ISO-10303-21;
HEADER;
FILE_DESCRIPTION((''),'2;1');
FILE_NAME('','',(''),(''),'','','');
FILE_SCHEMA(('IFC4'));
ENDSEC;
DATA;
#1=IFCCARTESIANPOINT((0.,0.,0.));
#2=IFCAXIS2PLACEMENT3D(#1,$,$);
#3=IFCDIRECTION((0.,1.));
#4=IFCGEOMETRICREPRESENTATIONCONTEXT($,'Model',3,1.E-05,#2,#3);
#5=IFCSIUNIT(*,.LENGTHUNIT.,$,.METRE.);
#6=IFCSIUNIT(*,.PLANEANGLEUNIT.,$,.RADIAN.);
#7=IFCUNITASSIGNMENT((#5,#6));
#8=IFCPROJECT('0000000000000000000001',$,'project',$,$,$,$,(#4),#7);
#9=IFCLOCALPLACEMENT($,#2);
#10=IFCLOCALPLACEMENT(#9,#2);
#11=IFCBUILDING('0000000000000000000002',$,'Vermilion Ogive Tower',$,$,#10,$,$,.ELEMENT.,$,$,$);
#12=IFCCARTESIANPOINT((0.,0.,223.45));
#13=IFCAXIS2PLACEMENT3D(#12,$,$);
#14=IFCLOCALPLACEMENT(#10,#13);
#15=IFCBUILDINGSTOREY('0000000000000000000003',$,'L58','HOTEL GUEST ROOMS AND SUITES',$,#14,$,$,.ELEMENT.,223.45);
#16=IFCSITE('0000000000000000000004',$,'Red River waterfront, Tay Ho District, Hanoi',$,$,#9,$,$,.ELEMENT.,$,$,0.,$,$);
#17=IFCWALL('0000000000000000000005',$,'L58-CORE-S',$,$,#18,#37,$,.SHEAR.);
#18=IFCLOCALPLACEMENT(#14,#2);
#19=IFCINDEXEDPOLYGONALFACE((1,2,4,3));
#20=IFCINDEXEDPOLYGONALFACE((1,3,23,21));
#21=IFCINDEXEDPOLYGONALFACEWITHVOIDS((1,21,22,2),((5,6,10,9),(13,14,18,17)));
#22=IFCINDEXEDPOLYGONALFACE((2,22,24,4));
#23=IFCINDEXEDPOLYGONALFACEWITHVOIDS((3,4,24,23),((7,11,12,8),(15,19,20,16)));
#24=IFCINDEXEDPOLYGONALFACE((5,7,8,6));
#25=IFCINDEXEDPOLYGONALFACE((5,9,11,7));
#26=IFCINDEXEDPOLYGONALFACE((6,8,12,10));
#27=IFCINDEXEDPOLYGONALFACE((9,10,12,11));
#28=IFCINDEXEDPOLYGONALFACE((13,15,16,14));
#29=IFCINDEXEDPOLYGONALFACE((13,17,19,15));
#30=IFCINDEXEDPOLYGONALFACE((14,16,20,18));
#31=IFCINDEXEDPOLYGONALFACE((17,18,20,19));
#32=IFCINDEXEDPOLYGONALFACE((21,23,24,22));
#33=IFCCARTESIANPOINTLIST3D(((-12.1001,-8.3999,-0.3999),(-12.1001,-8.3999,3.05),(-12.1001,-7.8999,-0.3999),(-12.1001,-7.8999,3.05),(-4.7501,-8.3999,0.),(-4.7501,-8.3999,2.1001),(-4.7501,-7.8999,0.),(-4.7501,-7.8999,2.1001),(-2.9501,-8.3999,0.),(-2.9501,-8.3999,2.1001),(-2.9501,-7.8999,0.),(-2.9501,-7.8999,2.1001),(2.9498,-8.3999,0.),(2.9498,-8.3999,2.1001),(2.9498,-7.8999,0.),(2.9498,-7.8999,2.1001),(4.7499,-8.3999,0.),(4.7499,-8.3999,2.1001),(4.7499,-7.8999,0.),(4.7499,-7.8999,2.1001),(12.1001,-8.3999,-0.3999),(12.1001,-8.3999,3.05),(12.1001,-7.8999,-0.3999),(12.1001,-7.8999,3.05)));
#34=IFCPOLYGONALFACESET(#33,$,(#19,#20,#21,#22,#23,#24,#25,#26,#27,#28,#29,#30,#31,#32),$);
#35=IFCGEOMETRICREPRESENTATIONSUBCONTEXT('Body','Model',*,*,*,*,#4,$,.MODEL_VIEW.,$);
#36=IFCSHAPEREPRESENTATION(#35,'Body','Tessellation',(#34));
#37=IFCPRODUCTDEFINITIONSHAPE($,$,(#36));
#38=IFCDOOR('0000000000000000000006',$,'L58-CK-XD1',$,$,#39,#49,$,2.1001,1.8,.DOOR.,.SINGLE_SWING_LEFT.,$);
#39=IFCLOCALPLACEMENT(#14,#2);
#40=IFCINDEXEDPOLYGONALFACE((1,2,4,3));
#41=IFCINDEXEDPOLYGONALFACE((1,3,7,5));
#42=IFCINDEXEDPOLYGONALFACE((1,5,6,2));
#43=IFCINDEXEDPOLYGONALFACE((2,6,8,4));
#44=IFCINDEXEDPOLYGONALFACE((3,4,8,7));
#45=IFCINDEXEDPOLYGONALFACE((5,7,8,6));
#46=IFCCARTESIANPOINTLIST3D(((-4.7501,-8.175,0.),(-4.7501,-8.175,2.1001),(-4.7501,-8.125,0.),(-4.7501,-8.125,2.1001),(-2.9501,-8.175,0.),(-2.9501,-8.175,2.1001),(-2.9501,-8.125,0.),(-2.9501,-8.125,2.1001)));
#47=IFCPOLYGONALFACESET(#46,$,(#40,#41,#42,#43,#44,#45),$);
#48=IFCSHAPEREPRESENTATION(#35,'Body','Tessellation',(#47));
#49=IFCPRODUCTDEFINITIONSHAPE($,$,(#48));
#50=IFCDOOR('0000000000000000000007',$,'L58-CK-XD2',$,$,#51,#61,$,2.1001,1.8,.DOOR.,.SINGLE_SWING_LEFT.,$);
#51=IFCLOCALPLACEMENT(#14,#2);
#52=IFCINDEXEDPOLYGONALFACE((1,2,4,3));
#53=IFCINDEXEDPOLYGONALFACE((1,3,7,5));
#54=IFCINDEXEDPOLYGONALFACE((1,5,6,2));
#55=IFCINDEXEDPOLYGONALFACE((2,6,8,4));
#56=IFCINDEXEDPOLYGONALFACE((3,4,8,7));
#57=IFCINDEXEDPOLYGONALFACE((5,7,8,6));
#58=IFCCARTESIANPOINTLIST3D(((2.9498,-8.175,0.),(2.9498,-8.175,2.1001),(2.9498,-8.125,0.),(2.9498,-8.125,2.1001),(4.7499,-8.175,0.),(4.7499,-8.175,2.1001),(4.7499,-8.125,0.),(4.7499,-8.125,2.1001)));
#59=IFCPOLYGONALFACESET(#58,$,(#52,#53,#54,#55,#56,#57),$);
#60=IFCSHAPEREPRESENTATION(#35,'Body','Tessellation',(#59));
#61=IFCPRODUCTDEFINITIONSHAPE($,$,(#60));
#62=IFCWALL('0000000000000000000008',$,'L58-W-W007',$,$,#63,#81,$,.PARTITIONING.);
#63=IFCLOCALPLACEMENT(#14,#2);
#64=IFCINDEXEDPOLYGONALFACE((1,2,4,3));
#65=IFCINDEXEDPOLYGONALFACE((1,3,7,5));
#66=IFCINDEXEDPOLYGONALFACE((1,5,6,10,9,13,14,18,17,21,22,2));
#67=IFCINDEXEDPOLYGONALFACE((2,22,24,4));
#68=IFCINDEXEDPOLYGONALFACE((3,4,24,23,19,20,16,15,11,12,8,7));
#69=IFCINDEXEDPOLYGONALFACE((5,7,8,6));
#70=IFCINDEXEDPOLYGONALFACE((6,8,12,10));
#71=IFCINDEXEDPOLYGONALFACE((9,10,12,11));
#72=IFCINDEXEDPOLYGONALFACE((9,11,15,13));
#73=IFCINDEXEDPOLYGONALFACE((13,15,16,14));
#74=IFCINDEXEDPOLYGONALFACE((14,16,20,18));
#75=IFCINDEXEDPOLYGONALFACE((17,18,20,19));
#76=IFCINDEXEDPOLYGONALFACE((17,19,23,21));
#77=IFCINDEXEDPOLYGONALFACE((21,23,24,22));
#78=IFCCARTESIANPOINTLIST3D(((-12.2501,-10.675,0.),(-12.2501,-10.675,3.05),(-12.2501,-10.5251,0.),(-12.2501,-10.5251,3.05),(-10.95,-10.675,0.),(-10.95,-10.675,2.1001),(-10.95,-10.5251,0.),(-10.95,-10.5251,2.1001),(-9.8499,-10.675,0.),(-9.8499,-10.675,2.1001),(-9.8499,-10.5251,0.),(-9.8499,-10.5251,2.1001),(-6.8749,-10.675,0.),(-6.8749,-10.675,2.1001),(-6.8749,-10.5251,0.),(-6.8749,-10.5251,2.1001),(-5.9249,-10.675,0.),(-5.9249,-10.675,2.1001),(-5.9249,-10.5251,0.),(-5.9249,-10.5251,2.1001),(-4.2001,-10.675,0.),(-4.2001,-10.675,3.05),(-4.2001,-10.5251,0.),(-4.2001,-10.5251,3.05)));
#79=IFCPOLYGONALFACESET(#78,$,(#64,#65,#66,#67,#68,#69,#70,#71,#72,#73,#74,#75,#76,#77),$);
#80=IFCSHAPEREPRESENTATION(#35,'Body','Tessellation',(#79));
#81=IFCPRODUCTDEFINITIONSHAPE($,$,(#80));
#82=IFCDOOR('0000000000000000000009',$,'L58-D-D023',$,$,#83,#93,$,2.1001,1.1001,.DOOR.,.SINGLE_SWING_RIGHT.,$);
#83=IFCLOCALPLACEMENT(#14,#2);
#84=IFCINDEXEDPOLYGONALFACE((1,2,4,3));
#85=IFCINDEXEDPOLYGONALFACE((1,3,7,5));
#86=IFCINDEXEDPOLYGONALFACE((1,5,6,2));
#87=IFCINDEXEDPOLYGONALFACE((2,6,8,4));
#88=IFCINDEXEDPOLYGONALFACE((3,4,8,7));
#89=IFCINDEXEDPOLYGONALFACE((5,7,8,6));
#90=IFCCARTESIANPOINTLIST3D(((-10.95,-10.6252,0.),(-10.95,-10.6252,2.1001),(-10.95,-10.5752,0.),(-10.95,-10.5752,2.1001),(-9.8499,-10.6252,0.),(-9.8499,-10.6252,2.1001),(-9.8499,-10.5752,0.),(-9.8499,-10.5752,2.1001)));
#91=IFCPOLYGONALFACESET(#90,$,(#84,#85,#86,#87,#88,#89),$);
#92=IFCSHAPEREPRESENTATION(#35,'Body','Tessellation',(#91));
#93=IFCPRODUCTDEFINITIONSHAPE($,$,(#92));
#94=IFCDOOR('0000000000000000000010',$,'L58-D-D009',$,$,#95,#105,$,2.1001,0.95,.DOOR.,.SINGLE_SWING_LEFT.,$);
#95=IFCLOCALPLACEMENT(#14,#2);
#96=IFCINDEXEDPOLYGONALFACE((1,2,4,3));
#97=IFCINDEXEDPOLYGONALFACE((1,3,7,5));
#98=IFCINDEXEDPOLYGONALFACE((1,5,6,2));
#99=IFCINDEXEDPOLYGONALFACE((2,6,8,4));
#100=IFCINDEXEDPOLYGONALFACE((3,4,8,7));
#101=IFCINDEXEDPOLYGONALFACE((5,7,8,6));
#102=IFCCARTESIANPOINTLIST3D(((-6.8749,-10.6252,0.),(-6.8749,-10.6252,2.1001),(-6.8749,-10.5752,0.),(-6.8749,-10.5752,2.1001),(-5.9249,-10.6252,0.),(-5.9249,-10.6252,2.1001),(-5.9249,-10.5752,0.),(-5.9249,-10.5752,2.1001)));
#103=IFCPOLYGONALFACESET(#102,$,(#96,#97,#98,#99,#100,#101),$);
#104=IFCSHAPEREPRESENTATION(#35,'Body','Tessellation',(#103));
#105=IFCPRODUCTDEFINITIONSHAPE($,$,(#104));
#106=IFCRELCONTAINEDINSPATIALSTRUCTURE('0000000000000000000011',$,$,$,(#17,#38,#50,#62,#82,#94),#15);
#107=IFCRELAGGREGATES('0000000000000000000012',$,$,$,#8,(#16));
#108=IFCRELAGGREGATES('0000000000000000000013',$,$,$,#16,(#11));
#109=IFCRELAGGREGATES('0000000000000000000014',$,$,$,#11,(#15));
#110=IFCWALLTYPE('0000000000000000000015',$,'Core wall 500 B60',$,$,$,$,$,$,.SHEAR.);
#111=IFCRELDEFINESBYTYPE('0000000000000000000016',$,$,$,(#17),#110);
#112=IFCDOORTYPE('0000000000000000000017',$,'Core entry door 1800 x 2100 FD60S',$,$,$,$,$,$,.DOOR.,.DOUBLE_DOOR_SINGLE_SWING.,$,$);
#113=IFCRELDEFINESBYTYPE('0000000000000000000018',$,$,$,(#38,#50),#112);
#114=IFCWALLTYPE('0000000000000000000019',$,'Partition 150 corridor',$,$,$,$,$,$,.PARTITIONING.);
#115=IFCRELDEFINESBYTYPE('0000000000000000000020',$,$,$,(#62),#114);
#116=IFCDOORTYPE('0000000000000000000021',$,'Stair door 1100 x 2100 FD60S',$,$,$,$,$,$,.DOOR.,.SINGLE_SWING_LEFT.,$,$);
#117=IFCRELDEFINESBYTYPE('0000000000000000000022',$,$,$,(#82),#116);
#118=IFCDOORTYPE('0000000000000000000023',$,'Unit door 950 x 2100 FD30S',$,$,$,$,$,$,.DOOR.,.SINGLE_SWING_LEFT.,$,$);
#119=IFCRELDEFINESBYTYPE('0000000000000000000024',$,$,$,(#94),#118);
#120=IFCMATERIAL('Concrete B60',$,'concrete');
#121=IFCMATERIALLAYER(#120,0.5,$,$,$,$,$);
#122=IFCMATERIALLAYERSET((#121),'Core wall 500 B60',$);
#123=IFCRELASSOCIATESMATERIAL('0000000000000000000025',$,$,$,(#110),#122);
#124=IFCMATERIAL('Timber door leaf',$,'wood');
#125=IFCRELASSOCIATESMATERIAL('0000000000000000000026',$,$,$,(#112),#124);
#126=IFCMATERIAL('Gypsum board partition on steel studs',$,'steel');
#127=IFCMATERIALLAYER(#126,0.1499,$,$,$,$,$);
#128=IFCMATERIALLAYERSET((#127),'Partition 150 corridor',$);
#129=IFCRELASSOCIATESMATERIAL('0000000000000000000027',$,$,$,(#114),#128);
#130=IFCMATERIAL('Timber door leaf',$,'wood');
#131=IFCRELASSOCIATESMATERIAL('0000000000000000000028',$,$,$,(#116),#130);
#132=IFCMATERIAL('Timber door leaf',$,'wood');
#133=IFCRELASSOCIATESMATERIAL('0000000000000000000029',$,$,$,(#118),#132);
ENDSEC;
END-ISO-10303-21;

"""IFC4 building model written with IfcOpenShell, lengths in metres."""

from ifc_helpers import new_model, si_unit, direction, frame, frame_2d, origin, place, context, subcontext, project, spatial, rectangle, extrude, material, layer, layer_set, type_object, element, fill, save


model = new_model("IFC4")

# Units and contexts
model_context = context("Model", 3, precision=1e-05, world=origin(), true_north=direction((0.0, 1.0)))
body_context = subcontext(model_context, "Body", "Model", "MODEL_VIEW")
ifc_project = project(units=[si_unit("LENGTHUNIT", "METRE"), si_unit("PLANEANGLEUNIT", "RADIAN")], contexts=[model_context])

# Site, building, storey
site_placement = place(None, origin())
site = spatial("IfcSite", under=ifc_project, at=site_placement, Name="Red River waterfront, Tay Ho District, Hanoi", CompositionType="ELEMENT", RefElevation=0.0)
building_placement = place(site_placement, origin())
building = spatial("IfcBuilding", under=site, at=building_placement, Name="Vermilion Ogive Tower", CompositionType="ELEMENT")
storey_placement = place(building_placement, frame((0.0, 0.0, 223.45)))
storey = spatial("IfcBuildingStorey", under=building, at=storey_placement, Name="L58", Description="HOTEL GUEST ROOMS AND SUITES", CompositionType="ELEMENT", Elevation=223.45)

# Walls, openings, doors
ifc_material_1 = material(Name="Concrete B60", Category="concrete")
ifc_layer_1 = layer(ifc_material_1, 0.5)
ifc_layer_set_1 = layer_set([ifc_layer_1], Name="Core wall 500 B60")
wall_type_1 = type_object("IfcWallType", Name="Core wall 500 B60", PredefinedType="SHEAR", material=ifc_layer_set_1)
wall_1_placement = place(storey_placement, frame((-12.1001, -8.1499, -0.3999), z_axis=(0.0, 0.0, 1.0), x_axis=(1.0, 0.0, 0.0)))
wall_1 = element("IfcWall", 1, at=wall_1_placement, inside=storey, type_object=wall_type_1, Name="L58-CORE-S", PredefinedType="SHEAR", context=body_context, shape_type="SweptSolid", body=[
    extrude(rectangle(XDim=24.2002, YDim=0.5, at=frame_2d((12.1001, 0.0))), origin(), (0.0, 0.0, 1.0), 3.45),
])
opening_1_placement = place(wall_1_placement, frame((7.3501, 0.0, 0.3999)))
opening_1 = element("IfcOpeningElement", 2, at=opening_1_placement, cuts=wall_1, PredefinedType="OPENING", context=body_context, shape_type="SweptSolid", body=[
    extrude(rectangle(XDim=1.8, YDim=2.1001, at=frame_2d((0.8999, 1.05))), frame((0.0, 0.26, 0.0), z_axis=(0.0, -1.0, 0.0), x_axis=(1.0, 0.0, 0.0)), (0.0, 0.0, 1.0), 0.52),
])
opening_2_placement = place(wall_1_placement, frame((15.05, 0.0, 0.3999)))
opening_2 = element("IfcOpeningElement", 3, at=opening_2_placement, cuts=wall_1, PredefinedType="OPENING", context=body_context, shape_type="SweptSolid", body=[
    extrude(rectangle(XDim=1.8, YDim=2.1001, at=frame_2d((0.8999, 1.05))), frame((0.0, 0.26, 0.0), z_axis=(0.0, -1.0, 0.0), x_axis=(1.0, 0.0, 0.0)), (0.0, 0.0, 1.0), 0.52),
])
ifc_material_2 = material(Name="Timber door leaf", Category="wood")
door_type_1 = type_object("IfcDoorType", Name="Core entry door 1800 x 2100 FD60S", OperationType="DOUBLE_DOOR_SINGLE_SWING", PredefinedType="DOOR", material=ifc_material_2)
door_1_placement = place(opening_1_placement, origin())
door_1 = element("IfcDoor", 4, at=door_1_placement, inside=storey, type_object=door_type_1, Name="L58-CK-XD1", OperationType="SINGLE_SWING_LEFT", OverallHeight=2.1001, OverallWidth=1.8, PredefinedType="DOOR", context=body_context, shape_type="SweptSolid", body=[
    extrude(rectangle(XDim=1.8, YDim=2.1001, at=frame_2d((0.8999, 1.05))), frame((0.0, 0.0249, 0.0), z_axis=(0.0, -1.0, 0.0), x_axis=(1.0, 0.0, 0.0)), (0.0, 0.0, 1.0), 0.05),
])
fill(opening_1, door_1)
door_2_placement = place(opening_2_placement, origin())
door_2 = element("IfcDoor", 5, at=door_2_placement, inside=storey, type_object=door_type_1, Name="L58-CK-XD2", OperationType="SINGLE_SWING_LEFT", OverallHeight=2.1001, OverallWidth=1.8, PredefinedType="DOOR", context=body_context, shape_type="SweptSolid", body=[
    extrude(rectangle(XDim=1.8, YDim=2.1001, at=frame_2d((0.8999, 1.05))), frame((0.0, 0.0249, 0.0), z_axis=(0.0, -1.0, 0.0), x_axis=(1.0, 0.0, 0.0)), (0.0, 0.0, 1.0), 0.05),
])
fill(opening_2, door_2)
ifc_material_3 = material(Name="Gypsum board partition on steel studs", Category="steel")
ifc_layer_2 = layer(ifc_material_3, 0.1499)
ifc_layer_set_2 = layer_set([ifc_layer_2], Name="Partition 150 corridor")
wall_type_2 = type_object("IfcWallType", Name="Partition 150 corridor", PredefinedType="PARTITIONING", material=ifc_layer_set_2)
wall_2_placement = place(storey_placement, frame((-12.25, -10.6001, 0.0), z_axis=(0.0, 0.0, 1.0), x_axis=(1.0, 0.0, 0.0)))
wall_2 = element("IfcWall", 6, at=wall_2_placement, inside=storey, type_object=wall_type_2, Name="L58-W-W007", PredefinedType="PARTITIONING", context=body_context, shape_type="SweptSolid", body=[
    extrude(rectangle(XDim=8.05, YDim=0.1499, at=frame_2d((4.0249, 0.0))), origin(), (0.0, 0.0, 1.0), 3.05),
])
opening_3_placement = place(wall_2_placement, frame((5.375, 0.0, 0.0)))
opening_3 = element("IfcOpeningElement", 7, at=opening_3_placement, cuts=wall_2, PredefinedType="OPENING", context=body_context, shape_type="SweptSolid", body=[
    extrude(rectangle(XDim=0.95, YDim=2.1001, at=frame_2d((0.4751, 1.05))), frame((0.0, 0.085, 0.0), z_axis=(0.0, -1.0, 0.0), x_axis=(1.0, 0.0, 0.0)), (0.0, 0.0, 1.0), 0.1699),
])
opening_4_placement = place(wall_2_placement, frame((1.3, 0.0, 0.0)))
opening_4 = element("IfcOpeningElement", 8, at=opening_4_placement, cuts=wall_2, PredefinedType="OPENING", context=body_context, shape_type="SweptSolid", body=[
    extrude(rectangle(XDim=1.1001, YDim=2.1001, at=frame_2d((0.55, 1.05))), frame((0.0, 0.085, 0.0), z_axis=(0.0, -1.0, 0.0), x_axis=(1.0, 0.0, 0.0)), (0.0, 0.0, 1.0), 0.1699),
])
ifc_material_4 = material(Name="Timber door leaf", Category="wood")
door_type_2 = type_object("IfcDoorType", Name="Stair door 1100 x 2100 FD60S", OperationType="SINGLE_SWING_LEFT", PredefinedType="DOOR", material=ifc_material_4)
door_3_placement = place(opening_4_placement, origin())
door_3 = element("IfcDoor", 9, at=door_3_placement, inside=storey, type_object=door_type_2, Name="L58-D-D023", OperationType="SINGLE_SWING_RIGHT", OverallHeight=2.1001, OverallWidth=1.1001, PredefinedType="DOOR", context=body_context, shape_type="SweptSolid", body=[
    extrude(rectangle(XDim=1.1001, YDim=2.1001, at=frame_2d((0.55, 1.05))), frame((0.0, 0.0249, 0.0), z_axis=(0.0, -1.0, 0.0), x_axis=(1.0, 0.0, 0.0)), (0.0, 0.0, 1.0), 0.05),
])
fill(opening_4, door_3)
ifc_material_5 = material(Name="Timber door leaf", Category="wood")
door_type_3 = type_object("IfcDoorType", Name="Unit door 950 x 2100 FD30S", OperationType="SINGLE_SWING_LEFT", PredefinedType="DOOR", material=ifc_material_5)
door_4_placement = place(opening_3_placement, origin())
door_4 = element("IfcDoor", 10, at=door_4_placement, inside=storey, type_object=door_type_3, Name="L58-D-D009", OperationType="SINGLE_SWING_LEFT", OverallHeight=2.1001, OverallWidth=0.95, PredefinedType="DOOR", context=body_context, shape_type="SweptSolid", body=[
    extrude(rectangle(XDim=0.95, YDim=2.1001, at=frame_2d((0.4751, 1.05))), frame((0.0, 0.0249, 0.0), z_axis=(0.0, -1.0, 0.0), x_axis=(1.0, 0.0, 0.0)), (0.0, 0.0, 1.0), 0.05),
])
fill(opening_3, door_4)

save(model, "model.ifc")
